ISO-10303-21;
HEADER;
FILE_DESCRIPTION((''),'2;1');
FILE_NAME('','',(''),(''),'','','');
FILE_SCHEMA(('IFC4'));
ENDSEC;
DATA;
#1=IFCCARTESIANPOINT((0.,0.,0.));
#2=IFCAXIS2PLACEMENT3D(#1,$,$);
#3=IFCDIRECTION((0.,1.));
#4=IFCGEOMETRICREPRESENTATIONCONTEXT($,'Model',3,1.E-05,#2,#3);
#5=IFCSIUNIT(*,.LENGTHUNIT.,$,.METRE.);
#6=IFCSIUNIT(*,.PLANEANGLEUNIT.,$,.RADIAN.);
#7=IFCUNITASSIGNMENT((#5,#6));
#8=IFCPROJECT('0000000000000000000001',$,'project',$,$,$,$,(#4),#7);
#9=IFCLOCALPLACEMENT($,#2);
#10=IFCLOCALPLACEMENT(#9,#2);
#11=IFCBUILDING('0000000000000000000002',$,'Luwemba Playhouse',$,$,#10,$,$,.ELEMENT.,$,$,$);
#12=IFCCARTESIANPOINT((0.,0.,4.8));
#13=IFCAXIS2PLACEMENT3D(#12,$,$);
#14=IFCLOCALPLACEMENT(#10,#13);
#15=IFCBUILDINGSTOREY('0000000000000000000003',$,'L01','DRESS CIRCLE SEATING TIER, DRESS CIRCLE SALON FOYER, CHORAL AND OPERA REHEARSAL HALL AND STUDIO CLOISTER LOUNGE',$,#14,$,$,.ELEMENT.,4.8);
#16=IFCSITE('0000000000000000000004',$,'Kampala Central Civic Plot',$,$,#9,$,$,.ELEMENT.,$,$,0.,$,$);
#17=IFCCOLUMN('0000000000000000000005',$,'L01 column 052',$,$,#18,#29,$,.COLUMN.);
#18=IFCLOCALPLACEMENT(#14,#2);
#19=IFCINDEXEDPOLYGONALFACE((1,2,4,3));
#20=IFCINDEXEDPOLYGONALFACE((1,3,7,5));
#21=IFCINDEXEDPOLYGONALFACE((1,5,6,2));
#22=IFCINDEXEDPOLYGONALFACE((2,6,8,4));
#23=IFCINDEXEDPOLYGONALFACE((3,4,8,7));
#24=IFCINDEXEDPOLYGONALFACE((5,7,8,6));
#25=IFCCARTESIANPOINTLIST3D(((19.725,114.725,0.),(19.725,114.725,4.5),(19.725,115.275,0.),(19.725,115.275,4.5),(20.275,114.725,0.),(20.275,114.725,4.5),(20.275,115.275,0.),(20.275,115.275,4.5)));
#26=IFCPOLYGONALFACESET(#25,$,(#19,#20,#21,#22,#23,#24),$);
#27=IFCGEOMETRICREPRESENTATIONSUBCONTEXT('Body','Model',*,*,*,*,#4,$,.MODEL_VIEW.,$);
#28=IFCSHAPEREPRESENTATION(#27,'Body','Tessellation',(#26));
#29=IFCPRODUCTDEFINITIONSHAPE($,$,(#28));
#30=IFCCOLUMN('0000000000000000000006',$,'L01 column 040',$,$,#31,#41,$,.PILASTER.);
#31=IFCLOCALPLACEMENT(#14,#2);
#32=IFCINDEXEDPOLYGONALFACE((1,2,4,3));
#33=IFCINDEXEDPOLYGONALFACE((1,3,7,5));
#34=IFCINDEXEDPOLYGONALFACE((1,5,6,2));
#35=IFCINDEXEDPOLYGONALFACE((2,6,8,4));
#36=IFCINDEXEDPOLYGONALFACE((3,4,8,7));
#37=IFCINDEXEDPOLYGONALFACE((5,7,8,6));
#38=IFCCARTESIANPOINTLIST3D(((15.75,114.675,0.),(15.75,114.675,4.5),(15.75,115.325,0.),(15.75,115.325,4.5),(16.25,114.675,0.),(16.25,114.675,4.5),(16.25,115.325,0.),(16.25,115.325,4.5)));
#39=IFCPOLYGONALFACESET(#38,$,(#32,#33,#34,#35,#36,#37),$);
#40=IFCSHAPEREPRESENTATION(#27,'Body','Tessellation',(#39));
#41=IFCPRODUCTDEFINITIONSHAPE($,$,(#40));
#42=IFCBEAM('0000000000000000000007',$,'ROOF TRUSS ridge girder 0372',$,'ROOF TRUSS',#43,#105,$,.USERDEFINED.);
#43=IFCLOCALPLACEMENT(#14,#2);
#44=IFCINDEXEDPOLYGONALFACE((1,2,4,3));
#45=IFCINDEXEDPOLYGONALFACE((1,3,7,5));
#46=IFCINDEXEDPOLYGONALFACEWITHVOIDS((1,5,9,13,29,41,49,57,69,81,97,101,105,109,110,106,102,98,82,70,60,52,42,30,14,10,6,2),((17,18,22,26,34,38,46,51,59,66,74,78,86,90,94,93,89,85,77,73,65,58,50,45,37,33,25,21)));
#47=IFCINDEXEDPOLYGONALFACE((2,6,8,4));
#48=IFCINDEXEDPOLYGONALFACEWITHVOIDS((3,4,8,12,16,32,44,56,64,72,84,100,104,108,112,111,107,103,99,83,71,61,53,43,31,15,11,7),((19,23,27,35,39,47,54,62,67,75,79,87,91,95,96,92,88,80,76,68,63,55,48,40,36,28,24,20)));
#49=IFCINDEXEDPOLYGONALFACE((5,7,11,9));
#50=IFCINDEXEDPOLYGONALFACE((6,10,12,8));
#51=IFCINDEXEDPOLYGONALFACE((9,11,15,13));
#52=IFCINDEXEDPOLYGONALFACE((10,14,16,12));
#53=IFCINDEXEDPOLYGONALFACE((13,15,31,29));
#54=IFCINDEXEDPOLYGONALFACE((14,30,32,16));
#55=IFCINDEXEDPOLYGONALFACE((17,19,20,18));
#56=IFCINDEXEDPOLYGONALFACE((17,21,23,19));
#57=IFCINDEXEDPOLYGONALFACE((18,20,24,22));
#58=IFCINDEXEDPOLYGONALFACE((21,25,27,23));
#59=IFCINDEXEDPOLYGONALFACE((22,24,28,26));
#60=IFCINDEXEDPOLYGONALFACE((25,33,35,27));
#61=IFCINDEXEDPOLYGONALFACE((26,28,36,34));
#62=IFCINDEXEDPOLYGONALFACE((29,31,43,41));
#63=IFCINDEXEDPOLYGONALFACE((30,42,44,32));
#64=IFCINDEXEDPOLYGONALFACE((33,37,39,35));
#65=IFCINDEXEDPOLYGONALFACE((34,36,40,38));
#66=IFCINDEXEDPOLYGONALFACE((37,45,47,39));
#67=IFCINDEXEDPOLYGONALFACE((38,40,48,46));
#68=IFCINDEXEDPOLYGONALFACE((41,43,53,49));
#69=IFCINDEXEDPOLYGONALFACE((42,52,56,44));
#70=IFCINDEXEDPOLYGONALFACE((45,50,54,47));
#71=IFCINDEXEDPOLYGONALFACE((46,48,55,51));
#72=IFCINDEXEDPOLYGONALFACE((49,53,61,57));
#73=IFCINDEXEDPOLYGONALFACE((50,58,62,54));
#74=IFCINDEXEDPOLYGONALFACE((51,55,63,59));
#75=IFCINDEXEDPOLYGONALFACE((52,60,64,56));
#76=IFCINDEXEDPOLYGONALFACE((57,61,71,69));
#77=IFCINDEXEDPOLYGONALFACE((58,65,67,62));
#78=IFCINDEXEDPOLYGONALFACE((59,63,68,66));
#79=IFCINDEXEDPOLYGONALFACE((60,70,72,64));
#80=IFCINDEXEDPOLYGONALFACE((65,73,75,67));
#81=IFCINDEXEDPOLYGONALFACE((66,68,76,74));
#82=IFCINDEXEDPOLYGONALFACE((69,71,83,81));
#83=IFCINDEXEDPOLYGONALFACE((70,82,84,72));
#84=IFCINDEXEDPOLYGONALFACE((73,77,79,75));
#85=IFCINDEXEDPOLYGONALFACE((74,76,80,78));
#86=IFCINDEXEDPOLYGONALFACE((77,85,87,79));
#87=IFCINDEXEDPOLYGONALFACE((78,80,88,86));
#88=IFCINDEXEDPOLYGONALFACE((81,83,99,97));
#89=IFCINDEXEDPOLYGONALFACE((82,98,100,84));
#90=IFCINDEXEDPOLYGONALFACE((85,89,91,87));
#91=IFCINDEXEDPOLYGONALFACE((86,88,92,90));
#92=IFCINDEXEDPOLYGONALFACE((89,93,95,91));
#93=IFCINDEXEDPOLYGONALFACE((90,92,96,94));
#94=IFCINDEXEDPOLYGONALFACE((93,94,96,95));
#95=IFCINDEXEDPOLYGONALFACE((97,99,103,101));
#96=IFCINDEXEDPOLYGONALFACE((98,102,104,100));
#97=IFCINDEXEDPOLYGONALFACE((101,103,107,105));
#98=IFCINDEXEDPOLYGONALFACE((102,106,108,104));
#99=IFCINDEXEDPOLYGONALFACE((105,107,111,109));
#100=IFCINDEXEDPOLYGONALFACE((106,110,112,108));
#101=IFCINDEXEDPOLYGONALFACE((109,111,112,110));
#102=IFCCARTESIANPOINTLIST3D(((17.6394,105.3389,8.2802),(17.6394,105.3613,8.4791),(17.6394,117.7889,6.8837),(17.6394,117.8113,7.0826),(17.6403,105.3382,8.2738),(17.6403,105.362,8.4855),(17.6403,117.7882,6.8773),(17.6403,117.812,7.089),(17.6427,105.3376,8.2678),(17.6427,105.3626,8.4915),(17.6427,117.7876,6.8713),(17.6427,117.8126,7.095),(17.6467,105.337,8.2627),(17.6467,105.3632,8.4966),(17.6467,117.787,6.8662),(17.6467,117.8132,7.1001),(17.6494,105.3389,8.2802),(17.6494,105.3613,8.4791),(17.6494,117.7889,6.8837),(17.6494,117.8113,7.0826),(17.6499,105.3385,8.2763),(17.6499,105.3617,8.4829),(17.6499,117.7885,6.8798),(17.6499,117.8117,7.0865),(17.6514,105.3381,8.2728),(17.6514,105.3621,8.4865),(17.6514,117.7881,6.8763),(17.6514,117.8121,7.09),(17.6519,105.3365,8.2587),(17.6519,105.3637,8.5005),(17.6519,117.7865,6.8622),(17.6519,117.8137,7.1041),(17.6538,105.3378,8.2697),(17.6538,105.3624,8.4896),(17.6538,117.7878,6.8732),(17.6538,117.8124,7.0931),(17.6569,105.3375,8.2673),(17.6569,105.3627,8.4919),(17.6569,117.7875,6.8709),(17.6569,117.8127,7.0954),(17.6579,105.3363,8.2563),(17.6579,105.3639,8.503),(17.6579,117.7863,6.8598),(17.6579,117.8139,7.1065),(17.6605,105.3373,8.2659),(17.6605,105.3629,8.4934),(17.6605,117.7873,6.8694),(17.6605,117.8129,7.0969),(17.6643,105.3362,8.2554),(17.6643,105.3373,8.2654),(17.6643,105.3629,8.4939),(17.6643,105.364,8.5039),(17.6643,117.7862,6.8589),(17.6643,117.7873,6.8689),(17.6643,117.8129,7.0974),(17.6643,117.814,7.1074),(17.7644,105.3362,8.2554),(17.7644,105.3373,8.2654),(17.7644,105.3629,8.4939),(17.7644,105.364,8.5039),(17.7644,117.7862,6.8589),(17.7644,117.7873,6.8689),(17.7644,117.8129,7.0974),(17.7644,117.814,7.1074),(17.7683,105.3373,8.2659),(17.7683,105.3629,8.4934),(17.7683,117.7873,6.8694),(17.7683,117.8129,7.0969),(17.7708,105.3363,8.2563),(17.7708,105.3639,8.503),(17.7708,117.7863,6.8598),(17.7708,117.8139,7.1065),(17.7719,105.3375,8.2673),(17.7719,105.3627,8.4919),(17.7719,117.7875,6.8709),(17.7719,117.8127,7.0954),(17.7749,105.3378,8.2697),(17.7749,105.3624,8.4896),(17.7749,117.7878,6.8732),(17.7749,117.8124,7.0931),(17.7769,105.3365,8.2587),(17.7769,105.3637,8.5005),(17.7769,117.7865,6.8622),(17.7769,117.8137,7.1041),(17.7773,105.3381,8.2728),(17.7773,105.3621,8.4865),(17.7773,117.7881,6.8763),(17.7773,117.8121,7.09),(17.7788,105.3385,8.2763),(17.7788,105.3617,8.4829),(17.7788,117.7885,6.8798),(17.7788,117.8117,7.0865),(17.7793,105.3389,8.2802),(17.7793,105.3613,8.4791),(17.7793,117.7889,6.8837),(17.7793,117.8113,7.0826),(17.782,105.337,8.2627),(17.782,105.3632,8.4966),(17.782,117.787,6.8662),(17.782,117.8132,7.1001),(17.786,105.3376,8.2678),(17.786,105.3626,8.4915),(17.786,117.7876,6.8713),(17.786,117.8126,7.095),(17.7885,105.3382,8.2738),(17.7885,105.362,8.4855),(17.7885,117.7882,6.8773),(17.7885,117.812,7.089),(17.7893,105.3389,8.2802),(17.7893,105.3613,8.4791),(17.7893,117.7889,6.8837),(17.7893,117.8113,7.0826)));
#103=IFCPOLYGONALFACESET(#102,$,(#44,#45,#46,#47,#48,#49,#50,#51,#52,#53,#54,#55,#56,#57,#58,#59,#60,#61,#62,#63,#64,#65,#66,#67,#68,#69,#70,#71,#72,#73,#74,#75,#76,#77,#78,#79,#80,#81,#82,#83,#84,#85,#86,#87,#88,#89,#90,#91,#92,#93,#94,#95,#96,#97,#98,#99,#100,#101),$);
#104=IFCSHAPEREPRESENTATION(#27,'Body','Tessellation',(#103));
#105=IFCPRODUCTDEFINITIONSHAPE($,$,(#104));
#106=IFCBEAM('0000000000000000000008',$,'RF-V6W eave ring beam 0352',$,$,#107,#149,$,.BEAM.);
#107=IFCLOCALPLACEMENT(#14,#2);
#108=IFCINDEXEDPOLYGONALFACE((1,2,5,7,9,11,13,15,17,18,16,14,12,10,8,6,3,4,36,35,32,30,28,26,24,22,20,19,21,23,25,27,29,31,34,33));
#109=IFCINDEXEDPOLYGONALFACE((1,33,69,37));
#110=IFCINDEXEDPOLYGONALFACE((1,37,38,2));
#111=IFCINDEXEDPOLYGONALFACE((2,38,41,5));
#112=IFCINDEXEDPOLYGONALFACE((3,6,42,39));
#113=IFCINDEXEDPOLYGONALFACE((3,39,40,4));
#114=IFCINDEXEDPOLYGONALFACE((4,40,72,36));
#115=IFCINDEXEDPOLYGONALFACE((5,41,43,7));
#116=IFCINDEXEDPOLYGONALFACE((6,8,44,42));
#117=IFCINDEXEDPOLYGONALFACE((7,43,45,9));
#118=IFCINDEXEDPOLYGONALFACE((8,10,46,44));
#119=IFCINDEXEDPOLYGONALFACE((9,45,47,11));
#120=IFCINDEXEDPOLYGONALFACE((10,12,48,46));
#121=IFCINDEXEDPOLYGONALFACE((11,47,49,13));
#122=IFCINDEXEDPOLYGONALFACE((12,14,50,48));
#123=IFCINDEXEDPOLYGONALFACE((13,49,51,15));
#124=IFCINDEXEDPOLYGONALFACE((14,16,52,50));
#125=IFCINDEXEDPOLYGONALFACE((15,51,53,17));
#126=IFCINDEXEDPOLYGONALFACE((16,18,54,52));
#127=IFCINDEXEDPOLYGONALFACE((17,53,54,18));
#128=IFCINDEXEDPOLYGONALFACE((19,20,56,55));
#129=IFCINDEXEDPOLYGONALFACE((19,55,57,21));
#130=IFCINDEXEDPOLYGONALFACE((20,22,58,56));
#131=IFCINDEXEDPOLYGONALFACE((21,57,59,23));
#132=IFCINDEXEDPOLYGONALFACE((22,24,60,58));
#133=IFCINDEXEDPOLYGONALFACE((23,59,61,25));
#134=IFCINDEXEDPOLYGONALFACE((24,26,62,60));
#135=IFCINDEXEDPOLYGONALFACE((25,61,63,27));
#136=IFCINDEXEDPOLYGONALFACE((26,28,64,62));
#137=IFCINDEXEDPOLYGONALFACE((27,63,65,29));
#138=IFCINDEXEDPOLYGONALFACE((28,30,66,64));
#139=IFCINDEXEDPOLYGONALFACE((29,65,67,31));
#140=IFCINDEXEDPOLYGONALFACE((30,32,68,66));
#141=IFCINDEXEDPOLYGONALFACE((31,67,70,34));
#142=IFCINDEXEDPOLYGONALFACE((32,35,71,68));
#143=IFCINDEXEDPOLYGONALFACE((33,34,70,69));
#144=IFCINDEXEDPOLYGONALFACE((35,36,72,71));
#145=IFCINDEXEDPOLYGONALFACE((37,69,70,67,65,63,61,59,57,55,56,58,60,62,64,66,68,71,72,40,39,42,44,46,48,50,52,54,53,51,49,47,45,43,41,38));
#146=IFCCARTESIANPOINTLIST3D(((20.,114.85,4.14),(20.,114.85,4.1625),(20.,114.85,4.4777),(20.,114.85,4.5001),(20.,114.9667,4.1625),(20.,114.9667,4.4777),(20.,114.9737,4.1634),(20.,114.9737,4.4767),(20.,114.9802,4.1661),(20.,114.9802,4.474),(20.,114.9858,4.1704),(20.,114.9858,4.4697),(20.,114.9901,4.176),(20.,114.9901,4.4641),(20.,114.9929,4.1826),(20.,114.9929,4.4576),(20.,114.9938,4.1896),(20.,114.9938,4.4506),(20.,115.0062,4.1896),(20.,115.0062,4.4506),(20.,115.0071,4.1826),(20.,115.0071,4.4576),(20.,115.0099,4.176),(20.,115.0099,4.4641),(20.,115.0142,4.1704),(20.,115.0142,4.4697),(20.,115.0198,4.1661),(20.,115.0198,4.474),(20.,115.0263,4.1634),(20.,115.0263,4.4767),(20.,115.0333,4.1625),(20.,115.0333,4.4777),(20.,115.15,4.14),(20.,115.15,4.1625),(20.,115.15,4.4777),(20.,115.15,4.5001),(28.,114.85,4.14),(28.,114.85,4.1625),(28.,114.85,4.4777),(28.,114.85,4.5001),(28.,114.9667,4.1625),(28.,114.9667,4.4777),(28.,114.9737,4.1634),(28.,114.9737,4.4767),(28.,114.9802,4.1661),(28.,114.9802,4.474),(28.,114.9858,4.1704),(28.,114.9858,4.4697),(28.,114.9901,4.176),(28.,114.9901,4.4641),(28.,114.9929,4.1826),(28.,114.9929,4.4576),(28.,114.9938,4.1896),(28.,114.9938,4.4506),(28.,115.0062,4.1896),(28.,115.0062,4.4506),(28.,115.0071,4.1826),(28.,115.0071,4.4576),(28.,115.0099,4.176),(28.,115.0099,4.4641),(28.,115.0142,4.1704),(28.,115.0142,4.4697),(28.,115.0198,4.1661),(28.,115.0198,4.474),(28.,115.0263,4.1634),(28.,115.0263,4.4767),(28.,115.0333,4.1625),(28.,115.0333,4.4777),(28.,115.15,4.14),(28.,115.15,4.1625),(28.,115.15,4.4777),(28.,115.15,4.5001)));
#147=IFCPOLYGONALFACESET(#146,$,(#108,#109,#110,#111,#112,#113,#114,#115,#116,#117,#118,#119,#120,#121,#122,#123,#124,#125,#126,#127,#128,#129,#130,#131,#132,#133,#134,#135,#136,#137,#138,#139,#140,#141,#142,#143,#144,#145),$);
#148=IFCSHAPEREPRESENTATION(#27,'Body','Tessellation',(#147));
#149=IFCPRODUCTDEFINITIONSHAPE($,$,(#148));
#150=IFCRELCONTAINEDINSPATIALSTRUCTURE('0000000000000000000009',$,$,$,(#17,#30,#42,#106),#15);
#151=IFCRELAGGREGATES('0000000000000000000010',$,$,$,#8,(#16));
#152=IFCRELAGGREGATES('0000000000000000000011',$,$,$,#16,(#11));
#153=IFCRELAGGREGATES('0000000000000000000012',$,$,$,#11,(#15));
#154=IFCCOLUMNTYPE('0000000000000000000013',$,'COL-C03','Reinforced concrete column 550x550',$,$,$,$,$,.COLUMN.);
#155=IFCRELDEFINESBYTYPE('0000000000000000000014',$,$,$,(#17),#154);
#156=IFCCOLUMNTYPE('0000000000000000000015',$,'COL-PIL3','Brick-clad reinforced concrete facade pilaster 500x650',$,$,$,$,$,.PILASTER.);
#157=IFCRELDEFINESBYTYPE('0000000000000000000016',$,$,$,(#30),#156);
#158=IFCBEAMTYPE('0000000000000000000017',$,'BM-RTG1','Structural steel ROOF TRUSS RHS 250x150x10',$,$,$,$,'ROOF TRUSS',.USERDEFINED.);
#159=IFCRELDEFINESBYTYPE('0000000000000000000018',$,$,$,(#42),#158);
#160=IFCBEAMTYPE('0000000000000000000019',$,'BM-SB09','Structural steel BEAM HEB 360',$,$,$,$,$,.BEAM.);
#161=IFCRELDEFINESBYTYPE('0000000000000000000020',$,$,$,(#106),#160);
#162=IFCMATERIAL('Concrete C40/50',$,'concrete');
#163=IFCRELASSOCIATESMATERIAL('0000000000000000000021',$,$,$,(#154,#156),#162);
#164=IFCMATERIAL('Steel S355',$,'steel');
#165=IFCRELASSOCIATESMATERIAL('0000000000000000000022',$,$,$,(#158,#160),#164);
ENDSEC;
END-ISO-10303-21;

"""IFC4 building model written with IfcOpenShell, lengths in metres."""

from ifc_helpers import new_model, si_unit, direction, frame, origin, origin_2d, place, context, subcontext, project, spatial, rectangle, hollow_rectangle, i_section, extrude, material, material_profile, profile_set, type_object, element, save


model = new_model("IFC4")

# Units and contexts
model_context = context("Model", 3, precision=1e-05, world=origin(), true_north=direction((0.0, 1.0)))
body_context = subcontext(model_context, "Body", "Model", "MODEL_VIEW")
ifc_project = project(units=[si_unit("LENGTHUNIT", "METRE"), si_unit("PLANEANGLEUNIT", "RADIAN")], contexts=[model_context])

# Site, building, storey
site_placement = place(None, origin())
site = spatial("IfcSite", under=ifc_project, at=site_placement, Name="Kampala Central Civic Plot", CompositionType="ELEMENT", RefElevation=0.0)
building_placement = place(site_placement, origin())
building = spatial("IfcBuilding", under=site, at=building_placement, Name="Luwemba Playhouse", CompositionType="ELEMENT")
storey_placement = place(building_placement, frame((0.0, 0.0, 4.8)))
storey = spatial("IfcBuildingStorey", under=building, at=storey_placement, Name="L01", Description="DRESS CIRCLE SEATING TIER, DRESS CIRCLE SALON FOYER, CHORAL AND OPERA REHEARSAL HALL AND STUDIO CLOISTER LOUNGE", CompositionType="ELEMENT", Elevation=4.8)

# Columns
ifc_material_1 = material(Name="Concrete C40/50", Category="concrete")
ifc_material_profile_1 = material_profile(ifc_material_1, rectangle(XDim=0.55, YDim=0.55, at=origin_2d()))
ifc_profile_set_1 = profile_set([ifc_material_profile_1], Name="Concrete C40/50")
column_type_1 = type_object("IfcColumnType", Name="COL-C03", Description="Reinforced concrete column 550x550", PredefinedType="COLUMN", material=ifc_profile_set_1)
column_1_placement = place(storey_placement, frame((20.0, 115.0, 0.0), z_axis=(0.0, 0.0, 1.0), x_axis=(1.0, 0.0, 0.0)))
element("IfcColumn", 1, at=column_1_placement, inside=storey, type_object=column_type_1, Name="L01 column 052", PredefinedType="COLUMN", context=body_context, shape_type="SweptSolid", body=[
    extrude(rectangle(XDim=0.55, YDim=0.55, at=origin_2d()), origin(), (0.0, 0.0, 1.0), 4.5),
])
ifc_material_profile_2 = material_profile(ifc_material_1, rectangle(XDim=0.5, YDim=0.6499, at=origin_2d()))
ifc_profile_set_2 = profile_set([ifc_material_profile_2], Name="Concrete C40/50")
column_type_2 = type_object("IfcColumnType", Name="COL-PIL3", Description="Brick-clad reinforced concrete facade pilaster 500x650", PredefinedType="PILASTER", material=ifc_profile_set_2)
column_2_placement = place(storey_placement, frame((16.0, 115.0, 0.0), z_axis=(0.0, 0.0, 1.0), x_axis=(1.0, 0.0, 0.0)))
element("IfcColumn", 2, at=column_2_placement, inside=storey, type_object=column_type_2, Name="L01 column 040", PredefinedType="PILASTER", context=body_context, shape_type="SweptSolid", body=[
    extrude(rectangle(XDim=0.5, YDim=0.6499, at=origin_2d()), origin(), (0.0, 0.0, 1.0), 4.5),
])

# Beams
ifc_material_2 = material(Name="Steel S355", Category="steel")
ifc_material_profile_3 = material_profile(ifc_material_2, hollow_rectangle(XDim=0.1499, YDim=0.25, WallThickness=0.01, InnerFilletRadius=0.0149, OuterFilletRadius=0.0249, at=origin_2d()))
ifc_profile_set_3 = profile_set([ifc_material_profile_3], Name="Steel S355")
beam_type_1 = type_object("IfcBeamType", Name="BM-RTG1", Description="Structural steel ROOF TRUSS RHS 250x150x10", ElementType="ROOF TRUSS", PredefinedType="USERDEFINED", material=ifc_profile_set_3)
beam_1_placement = place(storey_placement, frame((17.7144, 105.3501, 8.3796), z_axis=(0.0, 0.993768, -0.111469), x_axis=(-1.0, 0.0, 0.0)))
element("IfcBeam", 3, at=beam_1_placement, inside=storey, type_object=beam_type_1, Name="ROOF TRUSS ridge girder 0372", ObjectType="ROOF TRUSS", PredefinedType="USERDEFINED", context=body_context, shape_type="SweptSolid", body=[
    extrude(hollow_rectangle(XDim=0.1499, YDim=0.25, WallThickness=0.01, InnerFilletRadius=0.0149, OuterFilletRadius=0.0249, at=origin_2d()), origin(), (0.0, 0.0, 1.0), 12.5281),
])
ifc_material_profile_4 = material_profile(ifc_material_2, i_section(OverallWidth=0.3, OverallDepth=0.3601, WebThickness=0.0125, FlangeThickness=0.0225, FilletRadius=0.0271, at=origin_2d()))
ifc_profile_set_4 = profile_set([ifc_material_profile_4], Name="Steel S355")
beam_type_2 = type_object("IfcBeamType", Name="BM-SB09", Description="Structural steel BEAM HEB 360", PredefinedType="BEAM", material=ifc_profile_set_4)
beam_2_placement = place(storey_placement, frame((20.0, 115.0, 4.3201), z_axis=(1.0, 0.0, 0.0), x_axis=(0.0, 1.0, 0.0)))
element("IfcBeam", 4, at=beam_2_placement, inside=storey, type_object=beam_type_2, Name="RF-V6W eave ring beam 0352", PredefinedType="BEAM", context=body_context, shape_type="SweptSolid", body=[
    extrude(i_section(OverallWidth=0.3, OverallDepth=0.3601, WebThickness=0.0125, FlangeThickness=0.0225, FilletRadius=0.0271, at=origin_2d()), origin(), (0.0, 0.0, 1.0), 8.0),
])

save(model, "model.ifc")
